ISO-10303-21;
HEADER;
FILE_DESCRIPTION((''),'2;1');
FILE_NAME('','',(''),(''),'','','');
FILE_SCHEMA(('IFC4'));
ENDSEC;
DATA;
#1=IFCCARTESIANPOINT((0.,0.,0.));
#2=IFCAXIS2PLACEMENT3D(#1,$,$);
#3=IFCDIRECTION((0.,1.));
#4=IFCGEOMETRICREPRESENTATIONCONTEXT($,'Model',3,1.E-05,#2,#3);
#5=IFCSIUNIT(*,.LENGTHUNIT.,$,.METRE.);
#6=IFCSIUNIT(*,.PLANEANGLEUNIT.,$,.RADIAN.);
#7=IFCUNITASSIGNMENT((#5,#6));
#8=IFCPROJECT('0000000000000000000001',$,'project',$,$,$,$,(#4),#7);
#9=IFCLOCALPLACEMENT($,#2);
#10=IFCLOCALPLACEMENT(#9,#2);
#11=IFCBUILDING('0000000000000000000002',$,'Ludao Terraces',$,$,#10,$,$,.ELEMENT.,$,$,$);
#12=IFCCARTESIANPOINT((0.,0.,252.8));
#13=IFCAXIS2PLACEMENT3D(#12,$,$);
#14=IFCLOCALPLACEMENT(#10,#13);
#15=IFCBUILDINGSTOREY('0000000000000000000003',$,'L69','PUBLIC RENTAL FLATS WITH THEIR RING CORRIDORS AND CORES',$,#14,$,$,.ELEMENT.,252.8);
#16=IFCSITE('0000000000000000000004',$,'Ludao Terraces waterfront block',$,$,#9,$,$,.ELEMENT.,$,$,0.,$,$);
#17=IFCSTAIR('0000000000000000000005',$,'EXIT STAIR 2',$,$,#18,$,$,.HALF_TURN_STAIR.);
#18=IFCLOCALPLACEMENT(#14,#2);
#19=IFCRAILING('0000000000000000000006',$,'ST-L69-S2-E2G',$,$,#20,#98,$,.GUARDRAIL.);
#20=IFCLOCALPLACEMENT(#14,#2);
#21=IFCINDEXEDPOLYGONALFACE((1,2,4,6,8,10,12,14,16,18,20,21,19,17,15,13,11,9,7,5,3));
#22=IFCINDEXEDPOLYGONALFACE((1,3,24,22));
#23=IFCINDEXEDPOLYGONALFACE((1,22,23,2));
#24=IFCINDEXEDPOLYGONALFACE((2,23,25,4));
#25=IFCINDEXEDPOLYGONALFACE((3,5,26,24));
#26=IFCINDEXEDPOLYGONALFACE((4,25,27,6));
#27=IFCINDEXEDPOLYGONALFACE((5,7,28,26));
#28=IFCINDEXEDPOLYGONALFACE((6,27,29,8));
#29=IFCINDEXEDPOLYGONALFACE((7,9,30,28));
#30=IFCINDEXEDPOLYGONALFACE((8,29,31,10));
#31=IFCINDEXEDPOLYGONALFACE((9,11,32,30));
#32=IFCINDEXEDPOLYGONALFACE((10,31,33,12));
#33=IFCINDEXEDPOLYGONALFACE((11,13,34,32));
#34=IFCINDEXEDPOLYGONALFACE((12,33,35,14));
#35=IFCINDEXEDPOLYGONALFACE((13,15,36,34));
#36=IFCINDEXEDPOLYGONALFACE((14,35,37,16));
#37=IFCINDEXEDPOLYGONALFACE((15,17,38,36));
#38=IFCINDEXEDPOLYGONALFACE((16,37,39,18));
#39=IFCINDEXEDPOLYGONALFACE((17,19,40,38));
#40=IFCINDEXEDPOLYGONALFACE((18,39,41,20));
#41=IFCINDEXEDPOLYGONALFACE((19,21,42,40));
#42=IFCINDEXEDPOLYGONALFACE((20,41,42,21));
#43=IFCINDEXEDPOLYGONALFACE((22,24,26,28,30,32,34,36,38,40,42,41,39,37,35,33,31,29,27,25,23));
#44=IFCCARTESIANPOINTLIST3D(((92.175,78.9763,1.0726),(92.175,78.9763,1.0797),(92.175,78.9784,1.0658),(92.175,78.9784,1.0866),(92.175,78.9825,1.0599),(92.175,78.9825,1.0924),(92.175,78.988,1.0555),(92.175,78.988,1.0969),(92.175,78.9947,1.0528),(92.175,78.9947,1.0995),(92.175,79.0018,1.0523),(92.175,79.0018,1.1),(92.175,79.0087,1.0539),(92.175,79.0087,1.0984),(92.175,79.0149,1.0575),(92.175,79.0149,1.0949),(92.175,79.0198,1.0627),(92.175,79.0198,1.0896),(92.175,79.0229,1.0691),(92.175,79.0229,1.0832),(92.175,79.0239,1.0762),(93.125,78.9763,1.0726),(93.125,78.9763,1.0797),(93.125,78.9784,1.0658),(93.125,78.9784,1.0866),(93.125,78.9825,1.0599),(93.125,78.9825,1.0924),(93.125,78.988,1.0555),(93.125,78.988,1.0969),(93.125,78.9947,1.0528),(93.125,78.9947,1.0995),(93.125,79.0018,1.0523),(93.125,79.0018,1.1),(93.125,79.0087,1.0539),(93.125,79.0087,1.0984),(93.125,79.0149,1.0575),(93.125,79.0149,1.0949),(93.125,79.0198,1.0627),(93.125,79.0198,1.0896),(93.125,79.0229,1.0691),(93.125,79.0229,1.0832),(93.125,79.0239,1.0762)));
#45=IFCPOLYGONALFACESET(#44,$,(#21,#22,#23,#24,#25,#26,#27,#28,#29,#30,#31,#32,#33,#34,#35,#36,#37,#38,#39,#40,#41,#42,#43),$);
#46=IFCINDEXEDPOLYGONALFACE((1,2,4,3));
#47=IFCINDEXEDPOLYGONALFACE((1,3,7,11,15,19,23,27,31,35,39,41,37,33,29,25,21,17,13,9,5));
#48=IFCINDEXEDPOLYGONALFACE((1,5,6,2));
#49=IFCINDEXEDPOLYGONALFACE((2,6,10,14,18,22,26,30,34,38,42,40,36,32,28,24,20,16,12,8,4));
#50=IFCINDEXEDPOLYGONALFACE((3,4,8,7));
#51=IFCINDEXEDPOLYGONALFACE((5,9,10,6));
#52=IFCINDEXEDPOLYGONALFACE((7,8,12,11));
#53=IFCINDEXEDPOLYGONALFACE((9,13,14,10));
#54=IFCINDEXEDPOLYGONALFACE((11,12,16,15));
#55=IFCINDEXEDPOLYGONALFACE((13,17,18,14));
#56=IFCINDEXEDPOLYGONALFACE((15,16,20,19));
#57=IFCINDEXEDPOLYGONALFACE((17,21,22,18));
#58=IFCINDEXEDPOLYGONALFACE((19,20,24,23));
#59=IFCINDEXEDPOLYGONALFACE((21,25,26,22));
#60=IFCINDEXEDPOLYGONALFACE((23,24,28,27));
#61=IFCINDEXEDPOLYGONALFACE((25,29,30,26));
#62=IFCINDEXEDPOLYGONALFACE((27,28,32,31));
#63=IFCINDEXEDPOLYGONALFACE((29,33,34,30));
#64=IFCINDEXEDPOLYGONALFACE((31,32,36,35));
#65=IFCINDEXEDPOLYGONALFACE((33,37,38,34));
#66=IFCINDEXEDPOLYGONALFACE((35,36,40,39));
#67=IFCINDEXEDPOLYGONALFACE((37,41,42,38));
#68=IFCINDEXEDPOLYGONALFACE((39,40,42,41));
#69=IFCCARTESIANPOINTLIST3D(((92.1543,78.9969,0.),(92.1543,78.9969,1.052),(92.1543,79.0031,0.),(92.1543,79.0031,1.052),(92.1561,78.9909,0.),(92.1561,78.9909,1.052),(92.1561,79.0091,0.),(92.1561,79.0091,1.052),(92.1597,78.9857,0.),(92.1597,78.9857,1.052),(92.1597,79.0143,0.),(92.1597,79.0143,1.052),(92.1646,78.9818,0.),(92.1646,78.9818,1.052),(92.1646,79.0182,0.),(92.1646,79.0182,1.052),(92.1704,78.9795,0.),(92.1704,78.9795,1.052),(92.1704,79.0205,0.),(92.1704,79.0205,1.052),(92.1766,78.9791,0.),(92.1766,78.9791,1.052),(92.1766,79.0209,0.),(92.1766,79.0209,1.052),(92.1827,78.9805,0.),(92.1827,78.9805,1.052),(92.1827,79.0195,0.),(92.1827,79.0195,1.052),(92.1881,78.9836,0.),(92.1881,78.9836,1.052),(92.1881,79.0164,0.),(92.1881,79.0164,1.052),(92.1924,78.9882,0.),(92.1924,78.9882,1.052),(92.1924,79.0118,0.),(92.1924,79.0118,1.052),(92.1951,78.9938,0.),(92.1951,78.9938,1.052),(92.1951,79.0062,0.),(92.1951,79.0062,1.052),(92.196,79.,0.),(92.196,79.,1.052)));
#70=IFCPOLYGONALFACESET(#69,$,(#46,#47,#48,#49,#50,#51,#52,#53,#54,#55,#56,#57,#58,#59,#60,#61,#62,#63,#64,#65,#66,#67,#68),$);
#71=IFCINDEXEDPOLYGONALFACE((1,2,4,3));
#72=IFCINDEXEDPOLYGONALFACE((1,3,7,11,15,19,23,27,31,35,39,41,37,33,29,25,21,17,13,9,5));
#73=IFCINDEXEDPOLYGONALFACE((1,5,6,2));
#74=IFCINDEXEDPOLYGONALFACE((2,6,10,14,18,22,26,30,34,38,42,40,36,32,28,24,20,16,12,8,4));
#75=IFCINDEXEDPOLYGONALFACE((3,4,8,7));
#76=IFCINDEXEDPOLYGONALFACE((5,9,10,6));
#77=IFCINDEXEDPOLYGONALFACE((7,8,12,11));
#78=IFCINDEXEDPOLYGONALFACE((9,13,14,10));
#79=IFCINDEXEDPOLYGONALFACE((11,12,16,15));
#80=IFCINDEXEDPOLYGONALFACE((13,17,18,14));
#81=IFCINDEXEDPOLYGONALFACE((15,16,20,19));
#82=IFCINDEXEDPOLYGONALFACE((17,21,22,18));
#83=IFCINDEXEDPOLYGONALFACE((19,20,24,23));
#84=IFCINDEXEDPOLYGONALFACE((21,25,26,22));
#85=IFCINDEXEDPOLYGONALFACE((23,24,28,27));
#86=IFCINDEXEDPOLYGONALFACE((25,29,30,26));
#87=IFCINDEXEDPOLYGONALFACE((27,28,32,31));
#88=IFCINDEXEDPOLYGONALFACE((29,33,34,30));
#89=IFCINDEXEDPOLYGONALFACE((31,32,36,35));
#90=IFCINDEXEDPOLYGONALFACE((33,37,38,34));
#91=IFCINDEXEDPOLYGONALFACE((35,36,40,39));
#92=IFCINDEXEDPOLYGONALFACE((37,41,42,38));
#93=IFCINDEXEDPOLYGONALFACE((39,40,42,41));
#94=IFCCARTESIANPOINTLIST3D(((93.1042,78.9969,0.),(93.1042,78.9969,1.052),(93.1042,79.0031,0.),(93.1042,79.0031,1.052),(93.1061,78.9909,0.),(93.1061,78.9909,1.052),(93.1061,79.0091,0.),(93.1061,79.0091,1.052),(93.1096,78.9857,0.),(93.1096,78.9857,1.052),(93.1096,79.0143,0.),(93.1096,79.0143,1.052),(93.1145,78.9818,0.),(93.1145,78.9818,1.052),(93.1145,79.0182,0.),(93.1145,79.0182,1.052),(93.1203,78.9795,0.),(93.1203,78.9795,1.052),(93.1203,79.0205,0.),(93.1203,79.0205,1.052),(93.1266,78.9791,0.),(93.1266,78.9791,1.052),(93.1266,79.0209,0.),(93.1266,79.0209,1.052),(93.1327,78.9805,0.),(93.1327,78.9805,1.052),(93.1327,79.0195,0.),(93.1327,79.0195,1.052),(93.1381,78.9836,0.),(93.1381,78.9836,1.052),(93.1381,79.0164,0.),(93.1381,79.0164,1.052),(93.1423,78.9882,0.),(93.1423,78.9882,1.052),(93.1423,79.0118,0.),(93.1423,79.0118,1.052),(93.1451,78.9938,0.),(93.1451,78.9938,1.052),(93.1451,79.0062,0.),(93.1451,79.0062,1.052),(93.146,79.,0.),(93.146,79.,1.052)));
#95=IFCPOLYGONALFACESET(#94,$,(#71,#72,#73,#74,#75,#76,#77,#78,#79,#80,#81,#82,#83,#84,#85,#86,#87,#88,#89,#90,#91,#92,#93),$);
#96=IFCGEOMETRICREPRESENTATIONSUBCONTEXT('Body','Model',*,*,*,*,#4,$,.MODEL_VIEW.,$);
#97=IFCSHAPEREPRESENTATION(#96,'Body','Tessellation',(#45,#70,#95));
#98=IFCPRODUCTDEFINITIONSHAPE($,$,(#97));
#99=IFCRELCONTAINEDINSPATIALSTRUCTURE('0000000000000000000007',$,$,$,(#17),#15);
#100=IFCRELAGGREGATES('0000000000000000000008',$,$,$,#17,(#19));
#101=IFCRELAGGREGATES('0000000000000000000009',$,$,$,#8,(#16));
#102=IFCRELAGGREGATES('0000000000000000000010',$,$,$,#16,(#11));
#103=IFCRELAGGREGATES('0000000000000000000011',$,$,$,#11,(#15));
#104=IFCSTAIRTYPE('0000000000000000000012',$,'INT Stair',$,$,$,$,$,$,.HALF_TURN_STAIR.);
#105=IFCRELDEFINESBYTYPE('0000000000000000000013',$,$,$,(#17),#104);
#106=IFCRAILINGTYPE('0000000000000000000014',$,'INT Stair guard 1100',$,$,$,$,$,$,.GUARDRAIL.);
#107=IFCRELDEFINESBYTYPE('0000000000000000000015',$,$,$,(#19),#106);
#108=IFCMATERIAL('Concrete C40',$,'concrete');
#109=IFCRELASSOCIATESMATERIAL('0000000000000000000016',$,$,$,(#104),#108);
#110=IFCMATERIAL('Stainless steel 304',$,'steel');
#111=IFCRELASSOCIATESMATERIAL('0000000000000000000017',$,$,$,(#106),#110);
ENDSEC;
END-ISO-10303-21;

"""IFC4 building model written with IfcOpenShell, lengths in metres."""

from ifc_helpers import new_model, si_unit, direction, frame, origin, origin_2d, place, context, subcontext, project, spatial, circle, extrude, material, type_object, element, aggregate, save


model = new_model("IFC4")

# Units and contexts
model_context = context("Model", 3, precision=1e-05, world=origin(), true_north=direction((0.0, 1.0)))
body_context = subcontext(model_context, "Body", "Model", "MODEL_VIEW")
ifc_project = project(units=[si_unit("LENGTHUNIT", "METRE"), si_unit("PLANEANGLEUNIT", "RADIAN")], contexts=[model_context])

# Site, building, storey
site_placement = place(None, origin())
site = spatial("IfcSite", under=ifc_project, at=site_placement, Name="Ludao Terraces waterfront block", CompositionType="ELEMENT", RefElevation=0.0)
building_placement = place(site_placement, origin())
building = spatial("IfcBuilding", under=site, at=building_placement, Name="Ludao Terraces", CompositionType="ELEMENT")
storey_placement = place(building_placement, frame((0.0, 0.0, 252.8)))
storey = spatial("IfcBuildingStorey", under=building, at=storey_placement, Name="L69", Description="PUBLIC RENTAL FLATS WITH THEIR RING CORRIDORS AND CORES", CompositionType="ELEMENT", Elevation=252.8)

# Shared definitions
ifc_material_1 = material(Name="Stainless steel 304", Category="steel")

# Stair, railing
ifc_material_2 = material(Name="Concrete C40", Category="concrete")
stair_type = type_object("IfcStairType", Name="INT Stair", PredefinedType="HALF_TURN_STAIR", material=ifc_material_2)
stair_placement = place(storey_placement, origin())
stair = element("IfcStair", 1, at=stair_placement, inside=storey, type_object=stair_type, Name="EXIT STAIR 2", PredefinedType="HALF_TURN_STAIR")
railing_type_1 = type_object("IfcRailingType", Name="INT Stair guard 1100", PredefinedType="GUARDRAIL", material=ifc_material_1)
railing_1_placement = place(storey_placement, frame((92.175, 79.0, 0.0)))
railing_1 = element("IfcRailing", 2, at=railing_1_placement, type_object=railing_type_1, Name="ST-L69-S2-E2G", PredefinedType="GUARDRAIL", context=body_context, shape_type="SweptSolid", body=[
    extrude(circle(Radius=0.0239, at=origin_2d()), frame((0.0, 0.0, 1.0762), z_axis=(1.0, 0.0, 0.0), x_axis=(0.0, 1.0, 0.0)), (0.0, 0.0, 1.0), 0.95),
    extrude(circle(Radius=0.021, at=origin_2d()), origin(), (0.0, 0.0, 1.0), 1.052),
    extrude(circle(Radius=0.021, at=origin_2d()), frame((0.95, 0.0, 0.0)), (0.0, 0.0, 1.0), 1.052),
])
aggregate(stair, [railing_1])

save(model, "model.ifc")
